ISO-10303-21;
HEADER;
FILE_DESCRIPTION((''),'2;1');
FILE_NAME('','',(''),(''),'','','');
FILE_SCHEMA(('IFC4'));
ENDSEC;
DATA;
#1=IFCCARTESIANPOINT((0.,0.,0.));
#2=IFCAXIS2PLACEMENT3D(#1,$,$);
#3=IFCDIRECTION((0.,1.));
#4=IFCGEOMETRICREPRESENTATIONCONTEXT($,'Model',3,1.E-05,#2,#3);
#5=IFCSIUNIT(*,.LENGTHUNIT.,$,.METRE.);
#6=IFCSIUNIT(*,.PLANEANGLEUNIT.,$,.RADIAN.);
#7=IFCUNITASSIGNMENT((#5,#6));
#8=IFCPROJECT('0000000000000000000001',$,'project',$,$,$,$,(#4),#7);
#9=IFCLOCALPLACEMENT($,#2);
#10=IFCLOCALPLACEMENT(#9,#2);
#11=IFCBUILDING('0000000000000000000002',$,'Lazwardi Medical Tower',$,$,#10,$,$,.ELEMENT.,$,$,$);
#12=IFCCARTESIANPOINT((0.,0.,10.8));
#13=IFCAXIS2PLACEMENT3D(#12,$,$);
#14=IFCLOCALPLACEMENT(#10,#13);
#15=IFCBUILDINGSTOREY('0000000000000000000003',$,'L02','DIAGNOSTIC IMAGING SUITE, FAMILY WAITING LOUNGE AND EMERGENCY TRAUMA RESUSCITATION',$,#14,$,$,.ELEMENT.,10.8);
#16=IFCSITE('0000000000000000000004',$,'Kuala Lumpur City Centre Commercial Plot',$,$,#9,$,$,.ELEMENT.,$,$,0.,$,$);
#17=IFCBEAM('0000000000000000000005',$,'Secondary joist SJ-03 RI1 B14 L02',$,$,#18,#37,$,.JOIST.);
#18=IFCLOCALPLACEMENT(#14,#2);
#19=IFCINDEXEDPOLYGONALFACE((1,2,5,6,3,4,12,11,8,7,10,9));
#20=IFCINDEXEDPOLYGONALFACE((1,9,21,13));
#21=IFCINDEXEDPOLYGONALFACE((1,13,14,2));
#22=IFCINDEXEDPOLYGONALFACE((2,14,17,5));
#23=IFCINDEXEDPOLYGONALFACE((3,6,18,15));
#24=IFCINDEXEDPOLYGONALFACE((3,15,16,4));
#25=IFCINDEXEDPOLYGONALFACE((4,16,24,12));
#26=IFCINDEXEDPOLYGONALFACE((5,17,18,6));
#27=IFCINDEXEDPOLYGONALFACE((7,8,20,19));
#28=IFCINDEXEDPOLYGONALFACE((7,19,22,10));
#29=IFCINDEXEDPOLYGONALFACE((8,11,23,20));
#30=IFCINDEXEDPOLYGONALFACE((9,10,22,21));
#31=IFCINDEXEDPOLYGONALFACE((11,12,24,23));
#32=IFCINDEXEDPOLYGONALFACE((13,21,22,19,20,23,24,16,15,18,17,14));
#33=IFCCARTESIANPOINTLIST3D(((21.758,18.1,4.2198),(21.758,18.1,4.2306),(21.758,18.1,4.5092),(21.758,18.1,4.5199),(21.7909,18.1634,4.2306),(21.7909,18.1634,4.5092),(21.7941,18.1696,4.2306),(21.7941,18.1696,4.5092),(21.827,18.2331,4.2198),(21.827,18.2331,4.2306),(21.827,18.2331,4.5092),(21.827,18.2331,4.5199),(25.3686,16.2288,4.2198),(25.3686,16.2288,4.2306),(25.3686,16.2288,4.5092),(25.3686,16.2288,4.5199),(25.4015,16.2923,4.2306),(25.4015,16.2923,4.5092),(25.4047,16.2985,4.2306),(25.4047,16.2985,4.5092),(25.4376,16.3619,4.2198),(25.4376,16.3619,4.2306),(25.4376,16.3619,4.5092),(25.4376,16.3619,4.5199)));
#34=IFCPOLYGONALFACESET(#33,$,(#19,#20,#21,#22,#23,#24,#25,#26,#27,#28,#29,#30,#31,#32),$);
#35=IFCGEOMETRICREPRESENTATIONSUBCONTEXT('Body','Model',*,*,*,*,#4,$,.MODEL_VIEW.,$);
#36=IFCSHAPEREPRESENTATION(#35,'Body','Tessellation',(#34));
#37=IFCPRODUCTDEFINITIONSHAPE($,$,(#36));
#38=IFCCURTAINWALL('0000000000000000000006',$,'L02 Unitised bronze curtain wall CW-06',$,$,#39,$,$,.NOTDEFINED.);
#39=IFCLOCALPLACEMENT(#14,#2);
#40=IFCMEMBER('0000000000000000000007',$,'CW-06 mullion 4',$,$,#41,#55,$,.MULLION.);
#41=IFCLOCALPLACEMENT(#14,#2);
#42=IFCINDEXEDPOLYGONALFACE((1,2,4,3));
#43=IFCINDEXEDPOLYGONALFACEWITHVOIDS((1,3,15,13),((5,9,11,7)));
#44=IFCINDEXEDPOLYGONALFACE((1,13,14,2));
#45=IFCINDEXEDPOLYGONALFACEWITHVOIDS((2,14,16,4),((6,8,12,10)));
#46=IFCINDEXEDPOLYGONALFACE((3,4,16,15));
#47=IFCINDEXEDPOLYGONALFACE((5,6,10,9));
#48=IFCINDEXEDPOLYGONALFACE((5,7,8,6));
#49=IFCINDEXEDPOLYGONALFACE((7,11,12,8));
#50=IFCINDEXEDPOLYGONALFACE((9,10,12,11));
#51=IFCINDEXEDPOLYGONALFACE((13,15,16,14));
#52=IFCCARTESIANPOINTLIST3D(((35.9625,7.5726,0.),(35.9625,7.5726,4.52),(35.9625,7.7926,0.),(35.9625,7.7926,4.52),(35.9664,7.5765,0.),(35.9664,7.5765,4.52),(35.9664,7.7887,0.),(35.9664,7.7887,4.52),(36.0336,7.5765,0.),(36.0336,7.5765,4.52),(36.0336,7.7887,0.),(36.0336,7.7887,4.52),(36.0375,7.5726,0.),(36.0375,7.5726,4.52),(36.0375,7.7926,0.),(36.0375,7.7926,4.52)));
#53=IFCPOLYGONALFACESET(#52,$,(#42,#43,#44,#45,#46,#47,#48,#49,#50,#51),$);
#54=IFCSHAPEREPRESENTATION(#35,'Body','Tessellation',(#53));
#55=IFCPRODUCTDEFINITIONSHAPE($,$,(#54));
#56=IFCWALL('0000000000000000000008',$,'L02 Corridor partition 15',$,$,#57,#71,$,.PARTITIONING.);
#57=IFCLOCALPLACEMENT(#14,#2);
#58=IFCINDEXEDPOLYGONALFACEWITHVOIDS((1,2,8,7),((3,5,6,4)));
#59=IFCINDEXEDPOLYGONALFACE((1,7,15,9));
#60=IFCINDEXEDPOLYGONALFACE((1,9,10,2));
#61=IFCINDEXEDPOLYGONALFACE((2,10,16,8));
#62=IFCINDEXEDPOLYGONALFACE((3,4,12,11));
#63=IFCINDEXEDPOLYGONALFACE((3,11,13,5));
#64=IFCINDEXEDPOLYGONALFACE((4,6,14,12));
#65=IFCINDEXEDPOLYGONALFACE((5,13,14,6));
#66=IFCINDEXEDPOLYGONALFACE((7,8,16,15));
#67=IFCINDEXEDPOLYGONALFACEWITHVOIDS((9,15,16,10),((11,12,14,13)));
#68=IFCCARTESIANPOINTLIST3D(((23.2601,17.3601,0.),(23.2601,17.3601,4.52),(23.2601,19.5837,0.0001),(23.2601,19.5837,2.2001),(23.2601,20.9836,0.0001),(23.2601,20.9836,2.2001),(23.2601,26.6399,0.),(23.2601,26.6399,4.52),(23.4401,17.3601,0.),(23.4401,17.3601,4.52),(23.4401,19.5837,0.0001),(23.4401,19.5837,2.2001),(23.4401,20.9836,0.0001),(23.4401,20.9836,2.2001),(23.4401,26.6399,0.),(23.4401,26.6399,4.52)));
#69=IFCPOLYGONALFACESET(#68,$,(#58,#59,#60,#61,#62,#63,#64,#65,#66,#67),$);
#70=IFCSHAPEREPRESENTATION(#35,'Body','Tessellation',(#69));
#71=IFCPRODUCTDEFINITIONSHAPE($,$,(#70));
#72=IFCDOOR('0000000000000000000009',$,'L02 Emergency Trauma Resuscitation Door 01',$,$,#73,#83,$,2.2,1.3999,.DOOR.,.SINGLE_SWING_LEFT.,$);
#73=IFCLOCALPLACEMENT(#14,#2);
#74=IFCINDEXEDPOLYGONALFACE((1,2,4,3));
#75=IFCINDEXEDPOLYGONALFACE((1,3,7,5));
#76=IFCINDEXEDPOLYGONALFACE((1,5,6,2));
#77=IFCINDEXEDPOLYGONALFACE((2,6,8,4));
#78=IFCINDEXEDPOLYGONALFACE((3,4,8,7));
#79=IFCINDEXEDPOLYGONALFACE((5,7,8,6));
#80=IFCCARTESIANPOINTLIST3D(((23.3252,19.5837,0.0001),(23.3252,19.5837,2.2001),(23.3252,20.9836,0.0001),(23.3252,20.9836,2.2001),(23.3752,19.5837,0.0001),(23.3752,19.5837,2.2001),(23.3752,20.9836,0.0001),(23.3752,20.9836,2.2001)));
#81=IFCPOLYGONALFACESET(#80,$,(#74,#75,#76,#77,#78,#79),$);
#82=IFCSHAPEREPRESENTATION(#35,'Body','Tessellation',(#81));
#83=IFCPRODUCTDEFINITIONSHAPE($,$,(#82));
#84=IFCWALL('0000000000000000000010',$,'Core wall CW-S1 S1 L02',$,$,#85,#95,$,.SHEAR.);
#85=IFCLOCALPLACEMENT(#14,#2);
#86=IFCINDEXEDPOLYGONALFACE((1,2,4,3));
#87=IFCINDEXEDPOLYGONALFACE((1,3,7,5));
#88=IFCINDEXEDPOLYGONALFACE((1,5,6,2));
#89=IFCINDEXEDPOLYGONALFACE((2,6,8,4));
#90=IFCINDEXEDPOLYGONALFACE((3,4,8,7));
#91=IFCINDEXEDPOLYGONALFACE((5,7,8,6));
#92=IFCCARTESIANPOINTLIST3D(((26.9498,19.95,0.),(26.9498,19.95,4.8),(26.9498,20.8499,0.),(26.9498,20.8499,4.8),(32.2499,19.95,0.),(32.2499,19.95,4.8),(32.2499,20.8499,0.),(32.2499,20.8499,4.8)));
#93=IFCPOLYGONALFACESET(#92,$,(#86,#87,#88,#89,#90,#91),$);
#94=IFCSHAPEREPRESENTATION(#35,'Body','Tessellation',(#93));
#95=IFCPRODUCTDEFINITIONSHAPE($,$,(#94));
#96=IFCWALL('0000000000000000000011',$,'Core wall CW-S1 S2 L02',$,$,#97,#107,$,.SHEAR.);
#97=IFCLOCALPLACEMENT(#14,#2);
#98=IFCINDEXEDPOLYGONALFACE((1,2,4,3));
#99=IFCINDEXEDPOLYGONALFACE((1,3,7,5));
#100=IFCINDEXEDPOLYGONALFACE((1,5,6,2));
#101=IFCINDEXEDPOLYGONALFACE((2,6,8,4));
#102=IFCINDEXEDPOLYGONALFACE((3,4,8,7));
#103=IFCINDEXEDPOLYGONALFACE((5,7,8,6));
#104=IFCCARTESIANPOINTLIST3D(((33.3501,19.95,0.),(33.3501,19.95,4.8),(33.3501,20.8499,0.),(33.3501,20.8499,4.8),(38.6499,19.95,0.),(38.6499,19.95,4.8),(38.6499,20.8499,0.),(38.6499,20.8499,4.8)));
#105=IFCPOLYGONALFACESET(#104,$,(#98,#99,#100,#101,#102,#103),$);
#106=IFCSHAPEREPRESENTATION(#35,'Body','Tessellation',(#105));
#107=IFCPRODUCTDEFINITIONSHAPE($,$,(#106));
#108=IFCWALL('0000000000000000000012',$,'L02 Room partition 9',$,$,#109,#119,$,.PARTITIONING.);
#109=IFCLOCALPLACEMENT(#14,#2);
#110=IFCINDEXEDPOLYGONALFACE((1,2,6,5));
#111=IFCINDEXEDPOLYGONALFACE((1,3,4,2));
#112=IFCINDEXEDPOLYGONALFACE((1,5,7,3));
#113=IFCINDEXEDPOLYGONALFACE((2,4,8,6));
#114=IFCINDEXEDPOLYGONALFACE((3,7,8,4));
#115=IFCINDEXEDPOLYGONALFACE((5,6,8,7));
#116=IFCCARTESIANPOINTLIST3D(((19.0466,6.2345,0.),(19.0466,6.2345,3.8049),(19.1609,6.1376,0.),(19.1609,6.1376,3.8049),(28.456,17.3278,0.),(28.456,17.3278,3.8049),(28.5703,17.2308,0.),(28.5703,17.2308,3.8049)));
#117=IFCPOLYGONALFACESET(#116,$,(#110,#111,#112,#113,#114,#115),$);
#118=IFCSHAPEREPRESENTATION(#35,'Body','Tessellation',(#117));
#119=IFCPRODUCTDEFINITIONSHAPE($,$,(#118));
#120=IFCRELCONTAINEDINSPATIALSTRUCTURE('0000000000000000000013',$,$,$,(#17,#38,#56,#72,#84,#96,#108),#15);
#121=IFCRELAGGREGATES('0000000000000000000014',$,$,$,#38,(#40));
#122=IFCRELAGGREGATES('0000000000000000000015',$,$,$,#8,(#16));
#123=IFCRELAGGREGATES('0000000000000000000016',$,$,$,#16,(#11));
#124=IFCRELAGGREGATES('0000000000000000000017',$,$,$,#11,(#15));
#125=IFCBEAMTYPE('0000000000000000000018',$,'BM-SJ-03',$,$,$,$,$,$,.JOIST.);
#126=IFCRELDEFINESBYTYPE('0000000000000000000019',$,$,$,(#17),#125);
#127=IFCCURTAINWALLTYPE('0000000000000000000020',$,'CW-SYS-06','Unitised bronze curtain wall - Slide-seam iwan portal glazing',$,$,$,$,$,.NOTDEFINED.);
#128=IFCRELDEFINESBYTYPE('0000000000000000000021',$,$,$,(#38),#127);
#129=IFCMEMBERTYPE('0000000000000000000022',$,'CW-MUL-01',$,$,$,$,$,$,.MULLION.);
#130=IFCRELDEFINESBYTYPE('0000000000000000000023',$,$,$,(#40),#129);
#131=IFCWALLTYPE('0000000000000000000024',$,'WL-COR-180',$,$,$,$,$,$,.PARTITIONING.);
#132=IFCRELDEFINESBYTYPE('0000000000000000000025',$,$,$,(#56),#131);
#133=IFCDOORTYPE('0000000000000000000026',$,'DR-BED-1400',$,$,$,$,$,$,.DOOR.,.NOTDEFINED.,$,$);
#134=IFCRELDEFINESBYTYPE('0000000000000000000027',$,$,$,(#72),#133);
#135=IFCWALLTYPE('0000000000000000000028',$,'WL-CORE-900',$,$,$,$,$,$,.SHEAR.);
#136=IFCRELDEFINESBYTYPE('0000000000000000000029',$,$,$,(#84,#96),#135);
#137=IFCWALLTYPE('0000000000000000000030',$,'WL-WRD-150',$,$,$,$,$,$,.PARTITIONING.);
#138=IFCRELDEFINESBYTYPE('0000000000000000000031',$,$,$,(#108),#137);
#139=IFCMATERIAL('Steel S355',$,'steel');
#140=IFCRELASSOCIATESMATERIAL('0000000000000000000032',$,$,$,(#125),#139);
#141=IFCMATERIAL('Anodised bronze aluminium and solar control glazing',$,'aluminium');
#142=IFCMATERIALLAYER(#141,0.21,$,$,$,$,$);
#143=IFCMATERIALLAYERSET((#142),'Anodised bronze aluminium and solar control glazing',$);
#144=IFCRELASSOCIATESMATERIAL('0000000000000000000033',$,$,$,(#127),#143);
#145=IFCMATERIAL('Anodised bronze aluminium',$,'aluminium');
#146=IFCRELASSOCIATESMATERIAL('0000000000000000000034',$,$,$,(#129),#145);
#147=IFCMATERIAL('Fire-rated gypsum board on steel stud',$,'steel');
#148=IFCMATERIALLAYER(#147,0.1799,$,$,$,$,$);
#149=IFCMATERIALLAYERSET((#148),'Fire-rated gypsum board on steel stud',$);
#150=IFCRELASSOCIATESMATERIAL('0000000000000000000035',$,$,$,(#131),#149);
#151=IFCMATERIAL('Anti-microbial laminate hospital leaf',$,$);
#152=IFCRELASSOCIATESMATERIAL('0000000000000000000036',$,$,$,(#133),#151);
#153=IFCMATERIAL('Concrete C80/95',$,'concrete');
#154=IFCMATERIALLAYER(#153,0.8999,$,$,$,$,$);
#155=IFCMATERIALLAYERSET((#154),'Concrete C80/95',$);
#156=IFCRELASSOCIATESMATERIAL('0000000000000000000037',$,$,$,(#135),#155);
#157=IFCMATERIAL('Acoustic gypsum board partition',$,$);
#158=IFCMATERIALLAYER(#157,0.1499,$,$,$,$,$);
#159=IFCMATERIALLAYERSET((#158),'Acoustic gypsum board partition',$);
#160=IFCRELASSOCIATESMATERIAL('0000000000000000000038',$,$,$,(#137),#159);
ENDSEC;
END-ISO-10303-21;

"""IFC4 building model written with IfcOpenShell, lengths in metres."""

from ifc_helpers import new_model, si_unit, direction, frame, frame_2d, origin, origin_2d, place, context, subcontext, project, spatial, rectangle, hollow_rectangle, i_section, extrude, material, layer, layer_set, material_profile, profile_set, type_object, element, fill, aggregate, save


model = new_model("IFC4")

# Units and contexts
model_context = context("Model", 3, precision=1e-05, world=origin(), true_north=direction((0.0, 1.0)))
body_context = subcontext(model_context, "Body", "Model", "MODEL_VIEW")
ifc_project = project(units=[si_unit("LENGTHUNIT", "METRE"), si_unit("PLANEANGLEUNIT", "RADIAN")], contexts=[model_context])

# Site, building, storey
site_placement = place(None, origin())
site = spatial("IfcSite", under=ifc_project, at=site_placement, Name="Kuala Lumpur City Centre Commercial Plot", CompositionType="ELEMENT", RefElevation=0.0)
building_placement = place(site_placement, origin())
building = spatial("IfcBuilding", under=site, at=building_placement, Name="Lazwardi Medical Tower", CompositionType="ELEMENT")
storey_placement = place(building_placement, frame((0.0, 0.0, 10.8)))
storey = spatial("IfcBuildingStorey", under=building, at=storey_placement, Name="L02", Description="DIAGNOSTIC IMAGING SUITE, FAMILY WAITING LOUNGE AND EMERGENCY TRAUMA RESUSCITATION", CompositionType="ELEMENT", Elevation=10.8)

# Shared definitions
ifc_material_1 = material(Name="Concrete C80/95", Category="concrete")

# Beam
ifc_material_2 = material(Name="Steel S355", Category="steel")
ifc_material_profile_1 = material_profile(ifc_material_2, i_section(OverallWidth=0.1499, OverallDepth=0.3, WebThickness=0.0071, FlangeThickness=0.0107, at=origin_2d()), Name="IPE 300")
ifc_profile_set_1 = profile_set([ifc_material_profile_1], Name="Steel S355")
beam_type_1 = type_object("IfcBeamType", Name="BM-SJ-03", PredefinedType="JOIST", material=ifc_profile_set_1)
beam_1_placement = place(storey_placement, frame((21.7925, 18.1665, 4.3699), z_axis=(0.887862, -0.46011, 0.0), x_axis=(0.46011, 0.887862, 0.0)))
element("IfcBeam", 1, at=beam_1_placement, inside=storey, type_object=beam_type_1, Name="Secondary joist SJ-03 RI1 B14 L02", PredefinedType="JOIST", context=body_context, shape_type="SweptSolid", body=[
    extrude(i_section(OverallWidth=0.1499, OverallDepth=0.3, WebThickness=0.0071, FlangeThickness=0.0107, at=origin_2d()), origin(), (0.0, 0.0, 1.0), 4.0667),
])

# Curtain wall, member
ifc_material_3 = material(Name="Anodised bronze aluminium and solar control glazing", Category="aluminium")
ifc_layer_1 = layer(ifc_material_3, 0.21)
ifc_layer_set_1 = layer_set([ifc_layer_1], Name="Anodised bronze aluminium and solar control glazing")
curtain_wall_type = type_object("IfcCurtainWallType", Name="CW-SYS-06", Description="Unitised bronze curtain wall - Slide-seam iwan portal glazing", PredefinedType="NOTDEFINED", material=ifc_layer_set_1)
curtain_wall_placement = place(storey_placement, origin())
curtain_wall = element("IfcCurtainWall", 2, at=curtain_wall_placement, inside=storey, type_object=curtain_wall_type, Name="L02 Unitised bronze curtain wall CW-06", PredefinedType="NOTDEFINED")
ifc_material_4 = material(Name="Anodised bronze aluminium", Category="aluminium")
ifc_material_profile_2 = material_profile(ifc_material_4, hollow_rectangle(XDim=0.075, YDim=0.22, WallThickness=0.0039, at=origin_2d()), Name="ALU-MULLION 220x75x4")
ifc_profile_set_2 = profile_set([ifc_material_profile_2], Name="Anodised bronze aluminium")
member_type = type_object("IfcMemberType", Name="CW-MUL-01", PredefinedType="MULLION", material=ifc_profile_set_2)
member_placement = place(storey_placement, frame((36.0, 7.6826, 0.0), z_axis=(0.0, 0.0, 1.0), x_axis=(-1.0, 0.0, 0.0)))
member = element("IfcMember", 3, at=member_placement, type_object=member_type, Name="CW-06 mullion 4", PredefinedType="MULLION", context=body_context, shape_type="SweptSolid", body=[
    extrude(hollow_rectangle(XDim=0.075, YDim=0.22, WallThickness=0.0039, at=origin_2d()), origin(), (0.0, 0.0, 1.0), 4.52),
])
aggregate(curtain_wall, [member])

# Wall, opening, door
ifc_material_5 = material(Name="Fire-rated gypsum board on steel stud", Category="steel")
ifc_layer_2 = layer(ifc_material_5, 0.1799)
ifc_layer_set_2 = layer_set([ifc_layer_2], Name="Fire-rated gypsum board on steel stud")
wall_type_1 = type_object("IfcWallType", Name="WL-COR-180", PredefinedType="PARTITIONING", material=ifc_layer_set_2)
wall_1_placement = place(storey_placement, frame((23.3501, 17.3601, 0.0), z_axis=(0.0, 0.0, 1.0), x_axis=(0.0, 1.0, 0.0)))
wall_1 = element("IfcWall", 4, at=wall_1_placement, inside=storey, type_object=wall_type_1, Name="L02 Corridor partition 15", PredefinedType="PARTITIONING", context=body_context, shape_type="SweptSolid", body=[
    extrude(rectangle(XDim=9.2798, YDim=0.1799, at=frame_2d((4.6399, 0.0))), origin(), (0.0, 0.0, 1.0), 4.52),
])
opening_placement = place(wall_1_placement, frame((2.2236, 0.0, 0.0)))
opening = element("IfcOpeningElement", 5, at=opening_placement, cuts=wall_1, PredefinedType="OPENING", context=body_context, shape_type="SweptSolid", body=[
    extrude(rectangle(XDim=1.3999, YDim=2.2, at=frame_2d((0.7, 1.1001))), frame((0.0, 0.0999, 0.0), z_axis=(0.0, -1.0, 0.0), x_axis=(1.0, 0.0, 0.0)), (0.0, 0.0, 1.0), 0.2),
])
ifc_material_6 = material(Name="Anti-microbial laminate hospital leaf")
door_type = type_object("IfcDoorType", Name="DR-BED-1400", OperationType="NOTDEFINED", PredefinedType="DOOR", material=ifc_material_6)
door_placement = place(opening_placement, origin())
door = element("IfcDoor", 6, at=door_placement, inside=storey, type_object=door_type, Name="L02 Emergency Trauma Resuscitation Door 01", OperationType="SINGLE_SWING_LEFT", OverallHeight=2.2, OverallWidth=1.3999, PredefinedType="DOOR", context=body_context, shape_type="SweptSolid", body=[
    extrude(rectangle(XDim=1.3999, YDim=2.2, at=frame_2d((0.7, 1.1001))), frame((0.0, 0.0249, 0.0), z_axis=(0.0, -1.0, 0.0), x_axis=(1.0, 0.0, 0.0)), (0.0, 0.0, 1.0), 0.05),
])
fill(opening, door)

# Walls
ifc_layer_3 = layer(ifc_material_1, 0.8999)
ifc_layer_set_3 = layer_set([ifc_layer_3], Name="Concrete C80/95")
wall_type_2 = type_object("IfcWallType", Name="WL-CORE-900", PredefinedType="SHEAR", material=ifc_layer_set_3)
wall_2_placement = place(storey_placement, frame((26.95, 20.3999, 0.0), z_axis=(0.0, 0.0, 1.0), x_axis=(1.0, 0.0, 0.0)))
element("IfcWall", 7, at=wall_2_placement, inside=storey, type_object=wall_type_2, Name="Core wall CW-S1 S1 L02", PredefinedType="SHEAR", context=body_context, shape_type="SweptSolid", body=[
    extrude(rectangle(XDim=5.3, YDim=0.8999, at=frame_2d((2.6499, 0.0))), origin(), (0.0, 0.0, 1.0), 4.8),
])
wall_3_placement = place(storey_placement, frame((33.3501, 20.3999, 0.0), z_axis=(0.0, 0.0, 1.0), x_axis=(1.0, 0.0, 0.0)))
element("IfcWall", 8, at=wall_3_placement, inside=storey, type_object=wall_type_2, Name="Core wall CW-S1 S2 L02", PredefinedType="SHEAR", context=body_context, shape_type="SweptSolid", body=[
    extrude(rectangle(XDim=5.2998, YDim=0.8999, at=frame_2d((2.6499, 0.0))), origin(), (0.0, 0.0, 1.0), 4.8),
])
ifc_material_7 = material(Name="Acoustic gypsum board partition")
ifc_layer_4 = layer(ifc_material_7, 0.1499)
ifc_layer_set_4 = layer_set([ifc_layer_4], Name="Acoustic gypsum board partition")
wall_type_3 = type_object("IfcWallType", Name="WL-WRD-150", PredefinedType="PARTITIONING", material=ifc_layer_set_4)
wall_4_placement = place(storey_placement, frame((28.5132, 17.2793, 0.0), z_axis=(0.0, 0.0, 1.0), x_axis=(-0.646856, -0.762612, 0.0)))
element("IfcWall", 9, at=wall_4_placement, inside=storey, type_object=wall_type_3, Name="L02 Room partition 9", PredefinedType="PARTITIONING", context=body_context, shape_type="SweptSolid", body=[
    extrude(rectangle(XDim=14.5464, YDim=0.1499, at=frame_2d((7.2732, 0.0))), origin(), (0.0, 0.0, 1.0), 3.8049),
])

save(model, "model.ifc")
